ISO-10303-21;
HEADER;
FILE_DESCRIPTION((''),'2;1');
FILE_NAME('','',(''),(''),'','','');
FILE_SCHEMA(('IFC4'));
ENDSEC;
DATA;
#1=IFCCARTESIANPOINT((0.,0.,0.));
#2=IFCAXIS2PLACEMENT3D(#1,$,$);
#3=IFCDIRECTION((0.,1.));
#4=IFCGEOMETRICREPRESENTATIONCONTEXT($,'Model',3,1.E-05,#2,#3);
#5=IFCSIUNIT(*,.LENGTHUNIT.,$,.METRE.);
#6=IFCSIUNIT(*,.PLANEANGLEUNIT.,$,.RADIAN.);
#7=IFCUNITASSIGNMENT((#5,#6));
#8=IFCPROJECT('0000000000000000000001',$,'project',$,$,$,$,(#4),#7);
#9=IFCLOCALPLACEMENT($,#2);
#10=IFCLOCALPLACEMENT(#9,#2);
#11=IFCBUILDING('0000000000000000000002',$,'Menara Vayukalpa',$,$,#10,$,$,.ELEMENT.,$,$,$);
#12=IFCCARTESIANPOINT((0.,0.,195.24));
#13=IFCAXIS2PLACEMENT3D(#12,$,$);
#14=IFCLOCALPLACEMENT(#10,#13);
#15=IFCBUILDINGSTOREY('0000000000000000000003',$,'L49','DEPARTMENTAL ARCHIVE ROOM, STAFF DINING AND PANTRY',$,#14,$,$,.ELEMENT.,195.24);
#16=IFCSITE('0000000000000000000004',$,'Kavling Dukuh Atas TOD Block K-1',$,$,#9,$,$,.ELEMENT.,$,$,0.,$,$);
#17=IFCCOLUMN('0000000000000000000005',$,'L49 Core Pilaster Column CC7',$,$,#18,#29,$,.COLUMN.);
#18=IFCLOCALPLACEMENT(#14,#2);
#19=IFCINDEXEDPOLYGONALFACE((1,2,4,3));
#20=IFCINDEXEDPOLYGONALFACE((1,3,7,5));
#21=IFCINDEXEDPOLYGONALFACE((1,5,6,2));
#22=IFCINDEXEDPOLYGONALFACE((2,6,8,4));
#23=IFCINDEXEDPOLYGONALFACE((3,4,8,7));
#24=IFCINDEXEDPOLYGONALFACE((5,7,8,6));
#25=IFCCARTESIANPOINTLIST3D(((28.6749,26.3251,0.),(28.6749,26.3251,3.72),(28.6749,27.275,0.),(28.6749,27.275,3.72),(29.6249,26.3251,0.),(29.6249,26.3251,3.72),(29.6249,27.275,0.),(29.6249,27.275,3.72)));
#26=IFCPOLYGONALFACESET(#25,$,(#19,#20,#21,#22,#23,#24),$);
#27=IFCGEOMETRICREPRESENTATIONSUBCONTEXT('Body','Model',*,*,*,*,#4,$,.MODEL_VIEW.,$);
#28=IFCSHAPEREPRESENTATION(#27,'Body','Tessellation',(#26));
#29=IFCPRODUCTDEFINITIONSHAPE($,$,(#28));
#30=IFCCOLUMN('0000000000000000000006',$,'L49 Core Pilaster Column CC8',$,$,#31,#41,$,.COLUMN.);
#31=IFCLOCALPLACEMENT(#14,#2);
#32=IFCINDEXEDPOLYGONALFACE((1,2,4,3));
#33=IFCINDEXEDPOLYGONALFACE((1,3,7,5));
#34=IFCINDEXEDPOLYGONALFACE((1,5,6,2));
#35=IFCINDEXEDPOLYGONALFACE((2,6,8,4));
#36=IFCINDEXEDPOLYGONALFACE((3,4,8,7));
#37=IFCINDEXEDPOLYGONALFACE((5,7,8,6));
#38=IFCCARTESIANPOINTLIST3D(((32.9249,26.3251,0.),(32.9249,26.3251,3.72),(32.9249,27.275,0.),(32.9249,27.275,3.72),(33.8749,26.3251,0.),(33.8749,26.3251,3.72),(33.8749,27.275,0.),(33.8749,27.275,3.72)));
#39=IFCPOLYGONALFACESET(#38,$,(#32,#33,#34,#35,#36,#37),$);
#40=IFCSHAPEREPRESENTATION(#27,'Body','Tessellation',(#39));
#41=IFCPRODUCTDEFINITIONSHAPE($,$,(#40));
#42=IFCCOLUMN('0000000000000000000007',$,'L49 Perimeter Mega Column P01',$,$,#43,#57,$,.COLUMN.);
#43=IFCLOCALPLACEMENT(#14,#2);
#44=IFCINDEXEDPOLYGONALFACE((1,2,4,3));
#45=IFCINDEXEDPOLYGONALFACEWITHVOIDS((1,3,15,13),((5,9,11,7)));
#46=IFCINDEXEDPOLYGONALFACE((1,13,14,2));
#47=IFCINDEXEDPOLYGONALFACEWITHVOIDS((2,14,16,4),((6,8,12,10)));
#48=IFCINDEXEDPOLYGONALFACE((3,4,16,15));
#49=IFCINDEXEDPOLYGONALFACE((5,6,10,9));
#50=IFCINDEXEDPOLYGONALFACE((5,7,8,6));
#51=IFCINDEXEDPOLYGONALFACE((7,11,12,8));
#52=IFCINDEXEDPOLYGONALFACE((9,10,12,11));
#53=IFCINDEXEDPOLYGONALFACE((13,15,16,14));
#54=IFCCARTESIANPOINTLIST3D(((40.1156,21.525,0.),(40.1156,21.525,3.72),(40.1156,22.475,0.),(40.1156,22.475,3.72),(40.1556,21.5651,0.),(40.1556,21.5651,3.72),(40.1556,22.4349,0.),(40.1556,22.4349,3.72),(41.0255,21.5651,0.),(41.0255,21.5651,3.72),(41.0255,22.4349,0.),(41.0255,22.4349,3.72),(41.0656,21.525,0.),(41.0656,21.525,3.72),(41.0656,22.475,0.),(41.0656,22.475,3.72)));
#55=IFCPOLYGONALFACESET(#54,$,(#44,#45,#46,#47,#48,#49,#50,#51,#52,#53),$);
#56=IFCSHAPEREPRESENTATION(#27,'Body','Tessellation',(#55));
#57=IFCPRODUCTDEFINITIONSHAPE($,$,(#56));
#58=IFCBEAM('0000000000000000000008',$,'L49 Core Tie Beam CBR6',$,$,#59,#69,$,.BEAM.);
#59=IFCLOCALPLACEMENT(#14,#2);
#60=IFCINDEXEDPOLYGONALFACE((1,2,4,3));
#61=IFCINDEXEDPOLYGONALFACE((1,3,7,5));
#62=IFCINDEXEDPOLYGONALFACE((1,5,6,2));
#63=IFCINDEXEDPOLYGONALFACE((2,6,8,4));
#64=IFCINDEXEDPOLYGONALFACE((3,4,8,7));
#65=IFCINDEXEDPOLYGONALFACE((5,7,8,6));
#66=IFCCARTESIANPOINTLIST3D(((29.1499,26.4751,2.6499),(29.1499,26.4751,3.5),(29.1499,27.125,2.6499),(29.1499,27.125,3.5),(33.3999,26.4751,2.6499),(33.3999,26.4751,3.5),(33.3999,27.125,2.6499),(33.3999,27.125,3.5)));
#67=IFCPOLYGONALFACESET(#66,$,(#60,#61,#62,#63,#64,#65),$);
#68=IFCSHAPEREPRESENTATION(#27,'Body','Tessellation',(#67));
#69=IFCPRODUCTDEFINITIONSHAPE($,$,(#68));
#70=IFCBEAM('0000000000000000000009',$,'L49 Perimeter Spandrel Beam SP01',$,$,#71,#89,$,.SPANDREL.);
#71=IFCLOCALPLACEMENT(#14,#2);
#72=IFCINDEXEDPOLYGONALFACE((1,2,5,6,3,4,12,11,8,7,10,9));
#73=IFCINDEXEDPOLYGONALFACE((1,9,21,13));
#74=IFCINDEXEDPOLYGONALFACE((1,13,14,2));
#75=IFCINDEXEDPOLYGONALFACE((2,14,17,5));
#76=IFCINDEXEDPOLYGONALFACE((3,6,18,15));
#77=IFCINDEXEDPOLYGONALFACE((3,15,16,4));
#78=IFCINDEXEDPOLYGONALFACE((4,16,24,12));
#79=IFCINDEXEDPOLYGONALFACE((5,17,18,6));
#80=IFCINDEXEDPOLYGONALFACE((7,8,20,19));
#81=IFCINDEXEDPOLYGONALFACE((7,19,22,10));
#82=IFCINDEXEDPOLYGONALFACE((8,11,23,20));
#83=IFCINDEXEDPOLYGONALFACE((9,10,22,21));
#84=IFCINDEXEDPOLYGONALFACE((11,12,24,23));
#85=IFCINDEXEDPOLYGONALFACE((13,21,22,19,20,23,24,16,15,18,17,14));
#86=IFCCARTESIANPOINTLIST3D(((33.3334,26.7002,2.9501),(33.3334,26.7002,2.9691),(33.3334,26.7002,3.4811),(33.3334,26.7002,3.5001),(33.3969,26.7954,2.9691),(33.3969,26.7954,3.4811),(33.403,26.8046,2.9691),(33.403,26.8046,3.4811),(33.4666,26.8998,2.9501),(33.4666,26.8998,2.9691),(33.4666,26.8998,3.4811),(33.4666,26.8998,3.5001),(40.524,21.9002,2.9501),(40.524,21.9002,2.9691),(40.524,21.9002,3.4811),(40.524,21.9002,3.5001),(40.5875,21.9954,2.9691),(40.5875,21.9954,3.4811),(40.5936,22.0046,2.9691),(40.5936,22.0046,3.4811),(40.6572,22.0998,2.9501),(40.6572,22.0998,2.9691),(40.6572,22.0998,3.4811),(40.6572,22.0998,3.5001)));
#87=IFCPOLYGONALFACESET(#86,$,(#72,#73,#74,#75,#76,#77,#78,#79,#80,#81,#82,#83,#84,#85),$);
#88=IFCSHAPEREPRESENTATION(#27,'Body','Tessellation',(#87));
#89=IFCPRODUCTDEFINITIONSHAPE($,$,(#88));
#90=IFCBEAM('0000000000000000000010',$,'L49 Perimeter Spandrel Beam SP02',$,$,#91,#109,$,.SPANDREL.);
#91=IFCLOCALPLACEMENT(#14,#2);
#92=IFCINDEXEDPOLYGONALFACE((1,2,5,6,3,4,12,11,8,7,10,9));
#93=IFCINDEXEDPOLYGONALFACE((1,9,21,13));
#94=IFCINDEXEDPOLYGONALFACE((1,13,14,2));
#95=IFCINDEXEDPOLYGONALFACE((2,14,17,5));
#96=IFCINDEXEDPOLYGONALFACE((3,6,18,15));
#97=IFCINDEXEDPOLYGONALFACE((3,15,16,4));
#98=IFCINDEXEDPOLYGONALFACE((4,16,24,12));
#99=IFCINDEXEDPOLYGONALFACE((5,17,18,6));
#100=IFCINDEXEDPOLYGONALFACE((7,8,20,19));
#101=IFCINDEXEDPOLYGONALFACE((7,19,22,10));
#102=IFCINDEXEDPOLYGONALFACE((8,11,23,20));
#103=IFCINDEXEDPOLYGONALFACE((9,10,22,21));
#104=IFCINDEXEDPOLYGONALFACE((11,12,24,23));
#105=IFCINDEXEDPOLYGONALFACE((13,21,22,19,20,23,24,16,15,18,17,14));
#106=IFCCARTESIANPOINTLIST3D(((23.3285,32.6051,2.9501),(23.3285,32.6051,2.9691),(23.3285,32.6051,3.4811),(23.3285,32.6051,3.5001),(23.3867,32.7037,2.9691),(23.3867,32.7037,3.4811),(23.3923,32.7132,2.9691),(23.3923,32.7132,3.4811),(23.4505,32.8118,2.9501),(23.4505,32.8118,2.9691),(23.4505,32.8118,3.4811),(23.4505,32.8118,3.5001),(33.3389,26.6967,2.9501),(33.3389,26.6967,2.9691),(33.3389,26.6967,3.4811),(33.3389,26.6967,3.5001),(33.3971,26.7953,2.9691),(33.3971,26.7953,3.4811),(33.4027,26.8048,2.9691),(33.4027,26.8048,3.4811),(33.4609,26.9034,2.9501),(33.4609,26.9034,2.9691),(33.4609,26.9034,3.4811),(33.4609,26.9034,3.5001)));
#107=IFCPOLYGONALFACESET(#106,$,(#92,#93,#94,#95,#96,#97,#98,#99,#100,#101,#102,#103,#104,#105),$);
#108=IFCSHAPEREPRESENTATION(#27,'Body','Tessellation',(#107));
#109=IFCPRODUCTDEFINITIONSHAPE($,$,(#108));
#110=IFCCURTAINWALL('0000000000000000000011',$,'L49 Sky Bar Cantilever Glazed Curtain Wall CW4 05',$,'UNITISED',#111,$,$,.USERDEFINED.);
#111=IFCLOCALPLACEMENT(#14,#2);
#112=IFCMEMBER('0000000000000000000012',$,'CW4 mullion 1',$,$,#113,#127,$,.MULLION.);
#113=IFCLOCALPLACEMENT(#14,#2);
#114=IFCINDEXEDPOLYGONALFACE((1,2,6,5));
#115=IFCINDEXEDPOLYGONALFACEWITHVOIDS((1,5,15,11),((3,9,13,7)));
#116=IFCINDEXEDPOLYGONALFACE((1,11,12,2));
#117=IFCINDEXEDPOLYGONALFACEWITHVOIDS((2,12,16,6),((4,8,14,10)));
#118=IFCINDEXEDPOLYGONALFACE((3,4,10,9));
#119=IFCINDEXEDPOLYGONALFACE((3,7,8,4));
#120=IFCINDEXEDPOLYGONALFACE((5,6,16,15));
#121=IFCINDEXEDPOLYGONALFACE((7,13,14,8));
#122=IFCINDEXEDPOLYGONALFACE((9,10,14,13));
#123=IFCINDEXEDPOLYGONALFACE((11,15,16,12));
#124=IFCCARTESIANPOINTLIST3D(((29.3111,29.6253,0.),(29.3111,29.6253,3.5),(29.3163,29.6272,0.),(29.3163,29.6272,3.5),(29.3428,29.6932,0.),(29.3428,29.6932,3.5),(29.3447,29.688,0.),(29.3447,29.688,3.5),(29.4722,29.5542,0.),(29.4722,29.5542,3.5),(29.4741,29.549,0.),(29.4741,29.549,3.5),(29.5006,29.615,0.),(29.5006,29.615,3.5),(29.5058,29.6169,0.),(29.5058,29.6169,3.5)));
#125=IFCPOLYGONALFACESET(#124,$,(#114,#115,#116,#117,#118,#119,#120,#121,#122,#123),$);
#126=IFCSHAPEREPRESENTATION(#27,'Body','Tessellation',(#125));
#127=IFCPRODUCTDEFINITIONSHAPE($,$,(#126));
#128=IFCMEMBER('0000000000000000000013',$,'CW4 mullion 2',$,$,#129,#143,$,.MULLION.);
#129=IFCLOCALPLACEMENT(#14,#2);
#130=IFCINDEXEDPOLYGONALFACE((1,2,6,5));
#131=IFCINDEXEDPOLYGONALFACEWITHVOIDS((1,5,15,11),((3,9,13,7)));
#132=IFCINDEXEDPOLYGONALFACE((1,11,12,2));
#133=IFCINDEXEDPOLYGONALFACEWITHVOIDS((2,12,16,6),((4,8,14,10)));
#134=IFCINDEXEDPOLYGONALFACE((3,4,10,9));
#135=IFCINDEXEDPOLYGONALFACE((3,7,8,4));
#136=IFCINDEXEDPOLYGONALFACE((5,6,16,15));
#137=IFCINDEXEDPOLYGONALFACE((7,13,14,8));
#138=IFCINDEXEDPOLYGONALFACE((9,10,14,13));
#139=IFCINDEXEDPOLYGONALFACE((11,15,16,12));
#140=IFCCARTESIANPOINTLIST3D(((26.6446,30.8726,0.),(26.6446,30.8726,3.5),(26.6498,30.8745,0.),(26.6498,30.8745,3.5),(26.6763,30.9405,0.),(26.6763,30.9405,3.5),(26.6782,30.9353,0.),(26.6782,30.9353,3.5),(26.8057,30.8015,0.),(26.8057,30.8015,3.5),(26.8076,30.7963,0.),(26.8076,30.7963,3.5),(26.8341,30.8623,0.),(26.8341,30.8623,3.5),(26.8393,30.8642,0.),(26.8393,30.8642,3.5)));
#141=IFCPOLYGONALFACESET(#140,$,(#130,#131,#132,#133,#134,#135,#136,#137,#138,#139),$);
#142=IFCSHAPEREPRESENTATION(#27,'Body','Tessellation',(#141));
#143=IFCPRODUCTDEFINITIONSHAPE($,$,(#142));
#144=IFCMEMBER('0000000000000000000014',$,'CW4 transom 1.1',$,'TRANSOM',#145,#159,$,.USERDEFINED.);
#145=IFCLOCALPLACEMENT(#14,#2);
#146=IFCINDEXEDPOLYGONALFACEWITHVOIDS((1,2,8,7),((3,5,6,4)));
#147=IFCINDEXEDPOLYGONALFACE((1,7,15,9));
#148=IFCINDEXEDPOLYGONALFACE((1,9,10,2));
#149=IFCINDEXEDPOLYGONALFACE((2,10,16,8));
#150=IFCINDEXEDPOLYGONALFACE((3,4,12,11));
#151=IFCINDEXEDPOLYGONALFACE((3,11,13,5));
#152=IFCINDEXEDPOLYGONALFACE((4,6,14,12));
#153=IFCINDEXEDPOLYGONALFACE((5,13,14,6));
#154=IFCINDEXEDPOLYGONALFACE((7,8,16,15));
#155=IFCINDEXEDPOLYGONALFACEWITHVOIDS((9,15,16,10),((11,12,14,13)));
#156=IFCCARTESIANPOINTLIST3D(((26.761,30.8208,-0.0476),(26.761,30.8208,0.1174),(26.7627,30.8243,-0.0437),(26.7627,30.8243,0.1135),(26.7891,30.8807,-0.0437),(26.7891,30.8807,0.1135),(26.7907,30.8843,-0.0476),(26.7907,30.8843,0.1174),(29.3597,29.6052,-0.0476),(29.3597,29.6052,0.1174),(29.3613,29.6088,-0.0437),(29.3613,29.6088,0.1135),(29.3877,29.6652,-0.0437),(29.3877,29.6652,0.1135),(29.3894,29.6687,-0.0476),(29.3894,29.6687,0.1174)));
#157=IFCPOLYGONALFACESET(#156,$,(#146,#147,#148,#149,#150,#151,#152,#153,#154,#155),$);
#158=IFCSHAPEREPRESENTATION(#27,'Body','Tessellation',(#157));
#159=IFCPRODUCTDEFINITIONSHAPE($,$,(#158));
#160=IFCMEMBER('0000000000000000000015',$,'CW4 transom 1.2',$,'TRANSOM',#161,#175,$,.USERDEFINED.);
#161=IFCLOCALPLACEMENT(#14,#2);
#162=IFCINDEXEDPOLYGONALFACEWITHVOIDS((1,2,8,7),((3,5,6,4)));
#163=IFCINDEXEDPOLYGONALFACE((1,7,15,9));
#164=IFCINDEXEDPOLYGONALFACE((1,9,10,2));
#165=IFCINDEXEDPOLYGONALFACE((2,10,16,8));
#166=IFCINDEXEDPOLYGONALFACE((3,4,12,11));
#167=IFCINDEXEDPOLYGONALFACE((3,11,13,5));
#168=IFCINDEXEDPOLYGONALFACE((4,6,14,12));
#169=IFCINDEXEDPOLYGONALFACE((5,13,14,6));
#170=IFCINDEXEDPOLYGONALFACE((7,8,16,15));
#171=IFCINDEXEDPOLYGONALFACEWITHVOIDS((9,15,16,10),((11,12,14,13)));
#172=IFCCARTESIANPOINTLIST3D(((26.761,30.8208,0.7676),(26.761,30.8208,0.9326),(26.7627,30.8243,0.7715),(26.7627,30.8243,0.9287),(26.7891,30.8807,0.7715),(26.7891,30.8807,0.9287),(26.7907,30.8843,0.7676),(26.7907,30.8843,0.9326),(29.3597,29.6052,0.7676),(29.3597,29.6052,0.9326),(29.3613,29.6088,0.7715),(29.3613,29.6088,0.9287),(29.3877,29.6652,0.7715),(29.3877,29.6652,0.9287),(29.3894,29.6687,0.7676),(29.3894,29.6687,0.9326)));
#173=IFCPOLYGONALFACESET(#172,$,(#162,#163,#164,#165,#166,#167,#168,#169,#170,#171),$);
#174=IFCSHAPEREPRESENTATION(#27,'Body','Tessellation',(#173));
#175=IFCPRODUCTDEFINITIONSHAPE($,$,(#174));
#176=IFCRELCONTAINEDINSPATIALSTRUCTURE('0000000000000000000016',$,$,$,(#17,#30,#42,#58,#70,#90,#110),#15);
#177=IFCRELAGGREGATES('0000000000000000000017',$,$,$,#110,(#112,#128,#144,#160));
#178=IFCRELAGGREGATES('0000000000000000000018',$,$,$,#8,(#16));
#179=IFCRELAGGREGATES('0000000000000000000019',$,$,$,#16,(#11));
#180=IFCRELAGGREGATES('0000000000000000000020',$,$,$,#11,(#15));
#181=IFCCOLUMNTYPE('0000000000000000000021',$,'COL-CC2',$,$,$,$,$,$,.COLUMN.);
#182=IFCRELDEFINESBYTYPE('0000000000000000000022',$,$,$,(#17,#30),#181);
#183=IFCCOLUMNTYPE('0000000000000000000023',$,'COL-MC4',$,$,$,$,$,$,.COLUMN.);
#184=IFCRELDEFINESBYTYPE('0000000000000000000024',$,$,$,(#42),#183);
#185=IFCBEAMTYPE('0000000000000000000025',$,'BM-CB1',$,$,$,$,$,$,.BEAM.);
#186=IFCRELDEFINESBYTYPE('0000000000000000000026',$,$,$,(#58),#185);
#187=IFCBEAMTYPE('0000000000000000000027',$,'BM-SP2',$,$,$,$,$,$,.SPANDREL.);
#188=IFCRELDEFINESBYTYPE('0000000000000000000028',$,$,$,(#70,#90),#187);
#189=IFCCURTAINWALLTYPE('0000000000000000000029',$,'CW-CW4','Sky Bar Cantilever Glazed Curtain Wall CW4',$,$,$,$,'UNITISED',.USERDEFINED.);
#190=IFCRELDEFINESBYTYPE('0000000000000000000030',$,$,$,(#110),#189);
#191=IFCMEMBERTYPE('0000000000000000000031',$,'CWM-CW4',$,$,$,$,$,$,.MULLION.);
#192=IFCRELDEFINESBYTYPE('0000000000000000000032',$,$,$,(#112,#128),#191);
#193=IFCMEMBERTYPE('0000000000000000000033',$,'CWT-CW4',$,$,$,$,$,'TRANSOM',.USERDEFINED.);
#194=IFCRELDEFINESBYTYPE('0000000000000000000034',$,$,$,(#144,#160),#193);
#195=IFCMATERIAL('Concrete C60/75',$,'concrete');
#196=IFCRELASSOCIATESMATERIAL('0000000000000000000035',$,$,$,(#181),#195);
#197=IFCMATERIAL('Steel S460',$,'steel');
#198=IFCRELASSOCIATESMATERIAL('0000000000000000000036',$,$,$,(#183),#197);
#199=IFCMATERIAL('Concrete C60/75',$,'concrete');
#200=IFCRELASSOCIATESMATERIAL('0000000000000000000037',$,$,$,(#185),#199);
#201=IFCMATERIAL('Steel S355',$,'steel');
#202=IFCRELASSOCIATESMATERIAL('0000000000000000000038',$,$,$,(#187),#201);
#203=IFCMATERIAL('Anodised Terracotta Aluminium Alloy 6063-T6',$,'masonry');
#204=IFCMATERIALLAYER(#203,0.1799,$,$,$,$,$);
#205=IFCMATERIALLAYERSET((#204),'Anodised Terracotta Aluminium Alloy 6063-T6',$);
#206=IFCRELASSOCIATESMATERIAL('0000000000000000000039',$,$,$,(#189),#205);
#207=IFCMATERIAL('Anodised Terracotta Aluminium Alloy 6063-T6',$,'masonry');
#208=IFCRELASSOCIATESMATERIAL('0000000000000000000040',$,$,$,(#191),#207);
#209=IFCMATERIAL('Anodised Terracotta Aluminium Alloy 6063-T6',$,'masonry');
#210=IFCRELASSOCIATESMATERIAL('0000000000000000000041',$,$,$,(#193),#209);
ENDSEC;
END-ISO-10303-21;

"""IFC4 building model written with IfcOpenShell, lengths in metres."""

from ifc_helpers import new_model, si_unit, direction, frame, origin, origin_2d, place, context, subcontext, project, spatial, rectangle, hollow_rectangle, i_section, extrude, material, layer, layer_set, material_profile, profile_set, type_object, element, aggregate, save


model = new_model("IFC4")

# Units and contexts
model_context = context("Model", 3, precision=1e-05, world=origin(), true_north=direction((0.0, 1.0)))
body_context = subcontext(model_context, "Body", "Model", "MODEL_VIEW")
ifc_project = project(units=[si_unit("LENGTHUNIT", "METRE"), si_unit("PLANEANGLEUNIT", "RADIAN")], contexts=[model_context])

# Site, building, storey
site_placement = place(None, origin())
site = spatial("IfcSite", under=ifc_project, at=site_placement, Name="Kavling Dukuh Atas TOD Block K-1", CompositionType="ELEMENT", RefElevation=0.0)
building_placement = place(site_placement, origin())
building = spatial("IfcBuilding", under=site, at=building_placement, Name="Menara Vayukalpa", CompositionType="ELEMENT")
storey_placement = place(building_placement, frame((0.0, 0.0, 195.24)))
storey = spatial("IfcBuildingStorey", under=building, at=storey_placement, Name="L49", Description="DEPARTMENTAL ARCHIVE ROOM, STAFF DINING AND PANTRY", CompositionType="ELEMENT", Elevation=195.24)

# Columns
ifc_material_1 = material(Name="Concrete C60/75", Category="concrete")
ifc_material_profile_1 = material_profile(ifc_material_1, rectangle(XDim=0.95, YDim=0.95, at=origin_2d()), Name="RC 950x950")
ifc_profile_set_1 = profile_set([ifc_material_profile_1], Name="Concrete C60/75")
column_type_1 = type_object("IfcColumnType", Name="COL-CC2", PredefinedType="COLUMN", material=ifc_profile_set_1)
for number, where, z_axis, x_axis, name in (
    (1, (29.1499, 26.8, 0.0), (0.0, 0.0, 1.0), (1.0, 0.0, 0.0), "L49 Core Pilaster Column CC7"),
    (2, (33.3999, 26.8, 0.0), (0.0, 0.0, 1.0), (1.0, 0.0, 0.0), "L49 Core Pilaster Column CC8"),
):
    element("IfcColumn", number, at=place(storey_placement, frame(where, z_axis=z_axis, x_axis=x_axis)), inside=storey, type_object=column_type_1, Name=name, PredefinedType="COLUMN", context=body_context, shape_type="SweptSolid", body=[
        extrude(rectangle(XDim=0.95, YDim=0.95, at=origin_2d()), origin(), (0.0, 0.0, 1.0), 3.72),
    ])
ifc_material_2 = material(Name="Steel S460", Category="steel")
ifc_material_profile_2 = material_profile(ifc_material_2, hollow_rectangle(XDim=0.95, YDim=0.95, WallThickness=0.04, at=origin_2d()), Name="BOX 950x950x40")
ifc_profile_set_2 = profile_set([ifc_material_profile_2], Name="Steel S460")
column_type_2 = type_object("IfcColumnType", Name="COL-MC4", PredefinedType="COLUMN", material=ifc_profile_set_2)
column_placement = place(storey_placement, frame((40.5906, 22.0, 0.0), z_axis=(0.0, 0.0, 1.0), x_axis=(1.0, 0.0, 0.0)))
element("IfcColumn", 3, at=column_placement, inside=storey, type_object=column_type_2, Name="L49 Perimeter Mega Column P01", PredefinedType="COLUMN", context=body_context, shape_type="SweptSolid", body=[
    extrude(hollow_rectangle(XDim=0.95, YDim=0.95, WallThickness=0.04, at=origin_2d()), origin(), (0.0, 0.0, 1.0), 3.72),
])

# Beams
ifc_material_3 = material(Name="Concrete C60/75", Category="concrete")
ifc_material_profile_3 = material_profile(ifc_material_3, rectangle(XDim=0.6499, YDim=0.8501, at=origin_2d()), Name="RC 650x850")
ifc_profile_set_3 = profile_set([ifc_material_profile_3], Name="Concrete C60/75")
beam_type_1 = type_object("IfcBeamType", Name="BM-CB1", PredefinedType="BEAM", material=ifc_profile_set_3)
beam_1_placement = place(storey_placement, frame((29.1499, 26.8, 3.075), z_axis=(1.0, 0.0, 0.0), x_axis=(0.0, 1.0, 0.0)))
element("IfcBeam", 4, at=beam_1_placement, inside=storey, type_object=beam_type_1, Name="L49 Core Tie Beam CBR6", PredefinedType="BEAM", context=body_context, shape_type="SweptSolid", body=[
    extrude(rectangle(XDim=0.6499, YDim=0.8501, at=origin_2d()), origin(), (0.0, 0.0, 1.0), 4.25),
])
ifc_material_4 = material(Name="Steel S355", Category="steel")
ifc_material_profile_4 = material_profile(ifc_material_4, i_section(OverallWidth=0.24, OverallDepth=0.55, WebThickness=0.011, FlangeThickness=0.019, at=origin_2d()), Name="WF 550x240x11x19")
ifc_profile_set_4 = profile_set([ifc_material_profile_4], Name="Steel S355")
beam_type_2 = type_object("IfcBeamType", Name="BM-SP2", PredefinedType="SPANDREL", material=ifc_profile_set_4)
beam_2_placement = place(storey_placement, frame((40.5906, 22.0, 3.2251), z_axis=(-0.831716, 0.555202, 0.0), x_axis=(-0.555202, -0.831716, 0.0)))
element("IfcBeam", 5, at=beam_2_placement, inside=storey, type_object=beam_type_2, Name="L49 Perimeter Spandrel Beam SP01", PredefinedType="SPANDREL", context=body_context, shape_type="SweptSolid", body=[
    extrude(i_section(OverallWidth=0.24, OverallDepth=0.55, WebThickness=0.011, FlangeThickness=0.019, at=origin_2d()), origin(), (0.0, 0.0, 1.0), 8.6455),
])
beam_3_placement = place(storey_placement, frame((33.3999, 26.8, 3.2251), z_axis=(-0.861184, 0.508293, 0.0), x_axis=(-0.508293, -0.861184, 0.0)))
element("IfcBeam", 6, at=beam_3_placement, inside=storey, type_object=beam_type_2, Name="L49 Perimeter Spandrel Beam SP02", PredefinedType="SPANDREL", context=body_context, shape_type="SweptSolid", body=[
    extrude(i_section(OverallWidth=0.24, OverallDepth=0.55, WebThickness=0.011, FlangeThickness=0.019, at=origin_2d()), origin(), (0.0, 0.0, 1.0), 11.624),
])

# Curtain wall, members
ifc_material_5 = material(Name="Anodised Terracotta Aluminium Alloy 6063-T6", Category="masonry")
ifc_layer_1 = layer(ifc_material_5, 0.1799)
ifc_layer_set_1 = layer_set([ifc_layer_1], Name="Anodised Terracotta Aluminium Alloy 6063-T6")
curtain_wall_type = type_object("IfcCurtainWallType", Name="CW-CW4", Description="Sky Bar Cantilever Glazed Curtain Wall CW4", ElementType="UNITISED", PredefinedType="USERDEFINED", material=ifc_layer_set_1)
curtain_wall_placement = place(storey_placement, origin())
curtain_wall = element("IfcCurtainWall", 7, at=curtain_wall_placement, inside=storey, type_object=curtain_wall_type, Name="L49 Sky Bar Cantilever Glazed Curtain Wall CW4 05", ObjectType="UNITISED", PredefinedType="USERDEFINED")
ifc_material_6 = material(Name="Anodised Terracotta Aluminium Alloy 6063-T6", Category="masonry")
ifc_material_profile_5 = material_profile(ifc_material_6, hollow_rectangle(XDim=0.075, YDim=0.1799, WallThickness=0.0039, at=origin_2d()), Name="ALU 75x180x4")
ifc_profile_set_5 = profile_set([ifc_material_profile_5], Name="Anodised Terracotta Aluminium Alloy 6063-T6")
member_type_1 = type_object("IfcMemberType", Name="CWM-CW4", PredefinedType="MULLION", material=ifc_profile_set_5)
member_1_placement = place(storey_placement, frame((29.4084, 29.6211, 0.0), z_axis=(0.0, 0.0, 1.0), x_axis=(-0.423744, -0.905782, 0.0)))
member_1 = element("IfcMember", 8, at=member_1_placement, type_object=member_type_1, Name="CW4 mullion 1", PredefinedType="MULLION", context=body_context, shape_type="SweptSolid", body=[
    extrude(hollow_rectangle(XDim=0.075, YDim=0.1799, WallThickness=0.0039, at=origin_2d()), origin(), (0.0, 0.0, 1.0), 3.5),
])
member_2_placement = place(storey_placement, frame((26.7419, 30.8684, 0.0), z_axis=(0.0, 0.0, 1.0), x_axis=(-0.423744, -0.905782, 0.0)))
member_2 = element("IfcMember", 9, at=member_2_placement, type_object=member_type_1, Name="CW4 mullion 2", PredefinedType="MULLION", context=body_context, shape_type="SweptSolid", body=[
    extrude(hollow_rectangle(XDim=0.075, YDim=0.1799, WallThickness=0.0039, at=origin_2d()), origin(), (0.0, 0.0, 1.0), 3.5),
])
ifc_material_7 = material(Name="Anodised Terracotta Aluminium Alloy 6063-T6", Category="masonry")
ifc_material_profile_6 = material_profile(ifc_material_7, hollow_rectangle(XDim=0.0701, YDim=0.165, WallThickness=0.0039, at=origin_2d()), Name="ALU 70x165x4")
ifc_profile_set_6 = profile_set([ifc_material_profile_6], Name="Anodised Terracotta Aluminium Alloy 6063-T6")
member_type_2 = type_object("IfcMemberType", Name="CWT-CW4", ElementType="TRANSOM", PredefinedType="USERDEFINED", material=ifc_profile_set_6)
member_3_placement = place(storey_placement, frame((29.3745, 29.637, 0.0349), z_axis=(-0.905798, 0.42371, 0.0), x_axis=(-0.42371, -0.905798, 0.0)))
member_3 = element("IfcMember", 10, at=member_3_placement, type_object=member_type_2, Name="CW4 transom 1.1", ObjectType="TRANSOM", PredefinedType="USERDEFINED", context=body_context, shape_type="SweptSolid", body=[
    extrude(hollow_rectangle(XDim=0.0701, YDim=0.165, WallThickness=0.0039, at=origin_2d()), origin(), (0.0, 0.0, 1.0), 2.8689),
])
member_4_placement = place(storey_placement, frame((29.3745, 29.637, 0.8501), z_axis=(-0.905798, 0.42371, 0.0), x_axis=(-0.42371, -0.905798, 0.0)))
member_4 = element("IfcMember", 11, at=member_4_placement, type_object=member_type_2, Name="CW4 transom 1.2", ObjectType="TRANSOM", PredefinedType="USERDEFINED", context=body_context, shape_type="SweptSolid", body=[
    extrude(hollow_rectangle(XDim=0.0701, YDim=0.165, WallThickness=0.0039, at=origin_2d()), origin(), (0.0, 0.0, 1.0), 2.8689),
])
aggregate(curtain_wall, [member_1, member_2, member_3, member_4])

save(model, "model.ifc")
